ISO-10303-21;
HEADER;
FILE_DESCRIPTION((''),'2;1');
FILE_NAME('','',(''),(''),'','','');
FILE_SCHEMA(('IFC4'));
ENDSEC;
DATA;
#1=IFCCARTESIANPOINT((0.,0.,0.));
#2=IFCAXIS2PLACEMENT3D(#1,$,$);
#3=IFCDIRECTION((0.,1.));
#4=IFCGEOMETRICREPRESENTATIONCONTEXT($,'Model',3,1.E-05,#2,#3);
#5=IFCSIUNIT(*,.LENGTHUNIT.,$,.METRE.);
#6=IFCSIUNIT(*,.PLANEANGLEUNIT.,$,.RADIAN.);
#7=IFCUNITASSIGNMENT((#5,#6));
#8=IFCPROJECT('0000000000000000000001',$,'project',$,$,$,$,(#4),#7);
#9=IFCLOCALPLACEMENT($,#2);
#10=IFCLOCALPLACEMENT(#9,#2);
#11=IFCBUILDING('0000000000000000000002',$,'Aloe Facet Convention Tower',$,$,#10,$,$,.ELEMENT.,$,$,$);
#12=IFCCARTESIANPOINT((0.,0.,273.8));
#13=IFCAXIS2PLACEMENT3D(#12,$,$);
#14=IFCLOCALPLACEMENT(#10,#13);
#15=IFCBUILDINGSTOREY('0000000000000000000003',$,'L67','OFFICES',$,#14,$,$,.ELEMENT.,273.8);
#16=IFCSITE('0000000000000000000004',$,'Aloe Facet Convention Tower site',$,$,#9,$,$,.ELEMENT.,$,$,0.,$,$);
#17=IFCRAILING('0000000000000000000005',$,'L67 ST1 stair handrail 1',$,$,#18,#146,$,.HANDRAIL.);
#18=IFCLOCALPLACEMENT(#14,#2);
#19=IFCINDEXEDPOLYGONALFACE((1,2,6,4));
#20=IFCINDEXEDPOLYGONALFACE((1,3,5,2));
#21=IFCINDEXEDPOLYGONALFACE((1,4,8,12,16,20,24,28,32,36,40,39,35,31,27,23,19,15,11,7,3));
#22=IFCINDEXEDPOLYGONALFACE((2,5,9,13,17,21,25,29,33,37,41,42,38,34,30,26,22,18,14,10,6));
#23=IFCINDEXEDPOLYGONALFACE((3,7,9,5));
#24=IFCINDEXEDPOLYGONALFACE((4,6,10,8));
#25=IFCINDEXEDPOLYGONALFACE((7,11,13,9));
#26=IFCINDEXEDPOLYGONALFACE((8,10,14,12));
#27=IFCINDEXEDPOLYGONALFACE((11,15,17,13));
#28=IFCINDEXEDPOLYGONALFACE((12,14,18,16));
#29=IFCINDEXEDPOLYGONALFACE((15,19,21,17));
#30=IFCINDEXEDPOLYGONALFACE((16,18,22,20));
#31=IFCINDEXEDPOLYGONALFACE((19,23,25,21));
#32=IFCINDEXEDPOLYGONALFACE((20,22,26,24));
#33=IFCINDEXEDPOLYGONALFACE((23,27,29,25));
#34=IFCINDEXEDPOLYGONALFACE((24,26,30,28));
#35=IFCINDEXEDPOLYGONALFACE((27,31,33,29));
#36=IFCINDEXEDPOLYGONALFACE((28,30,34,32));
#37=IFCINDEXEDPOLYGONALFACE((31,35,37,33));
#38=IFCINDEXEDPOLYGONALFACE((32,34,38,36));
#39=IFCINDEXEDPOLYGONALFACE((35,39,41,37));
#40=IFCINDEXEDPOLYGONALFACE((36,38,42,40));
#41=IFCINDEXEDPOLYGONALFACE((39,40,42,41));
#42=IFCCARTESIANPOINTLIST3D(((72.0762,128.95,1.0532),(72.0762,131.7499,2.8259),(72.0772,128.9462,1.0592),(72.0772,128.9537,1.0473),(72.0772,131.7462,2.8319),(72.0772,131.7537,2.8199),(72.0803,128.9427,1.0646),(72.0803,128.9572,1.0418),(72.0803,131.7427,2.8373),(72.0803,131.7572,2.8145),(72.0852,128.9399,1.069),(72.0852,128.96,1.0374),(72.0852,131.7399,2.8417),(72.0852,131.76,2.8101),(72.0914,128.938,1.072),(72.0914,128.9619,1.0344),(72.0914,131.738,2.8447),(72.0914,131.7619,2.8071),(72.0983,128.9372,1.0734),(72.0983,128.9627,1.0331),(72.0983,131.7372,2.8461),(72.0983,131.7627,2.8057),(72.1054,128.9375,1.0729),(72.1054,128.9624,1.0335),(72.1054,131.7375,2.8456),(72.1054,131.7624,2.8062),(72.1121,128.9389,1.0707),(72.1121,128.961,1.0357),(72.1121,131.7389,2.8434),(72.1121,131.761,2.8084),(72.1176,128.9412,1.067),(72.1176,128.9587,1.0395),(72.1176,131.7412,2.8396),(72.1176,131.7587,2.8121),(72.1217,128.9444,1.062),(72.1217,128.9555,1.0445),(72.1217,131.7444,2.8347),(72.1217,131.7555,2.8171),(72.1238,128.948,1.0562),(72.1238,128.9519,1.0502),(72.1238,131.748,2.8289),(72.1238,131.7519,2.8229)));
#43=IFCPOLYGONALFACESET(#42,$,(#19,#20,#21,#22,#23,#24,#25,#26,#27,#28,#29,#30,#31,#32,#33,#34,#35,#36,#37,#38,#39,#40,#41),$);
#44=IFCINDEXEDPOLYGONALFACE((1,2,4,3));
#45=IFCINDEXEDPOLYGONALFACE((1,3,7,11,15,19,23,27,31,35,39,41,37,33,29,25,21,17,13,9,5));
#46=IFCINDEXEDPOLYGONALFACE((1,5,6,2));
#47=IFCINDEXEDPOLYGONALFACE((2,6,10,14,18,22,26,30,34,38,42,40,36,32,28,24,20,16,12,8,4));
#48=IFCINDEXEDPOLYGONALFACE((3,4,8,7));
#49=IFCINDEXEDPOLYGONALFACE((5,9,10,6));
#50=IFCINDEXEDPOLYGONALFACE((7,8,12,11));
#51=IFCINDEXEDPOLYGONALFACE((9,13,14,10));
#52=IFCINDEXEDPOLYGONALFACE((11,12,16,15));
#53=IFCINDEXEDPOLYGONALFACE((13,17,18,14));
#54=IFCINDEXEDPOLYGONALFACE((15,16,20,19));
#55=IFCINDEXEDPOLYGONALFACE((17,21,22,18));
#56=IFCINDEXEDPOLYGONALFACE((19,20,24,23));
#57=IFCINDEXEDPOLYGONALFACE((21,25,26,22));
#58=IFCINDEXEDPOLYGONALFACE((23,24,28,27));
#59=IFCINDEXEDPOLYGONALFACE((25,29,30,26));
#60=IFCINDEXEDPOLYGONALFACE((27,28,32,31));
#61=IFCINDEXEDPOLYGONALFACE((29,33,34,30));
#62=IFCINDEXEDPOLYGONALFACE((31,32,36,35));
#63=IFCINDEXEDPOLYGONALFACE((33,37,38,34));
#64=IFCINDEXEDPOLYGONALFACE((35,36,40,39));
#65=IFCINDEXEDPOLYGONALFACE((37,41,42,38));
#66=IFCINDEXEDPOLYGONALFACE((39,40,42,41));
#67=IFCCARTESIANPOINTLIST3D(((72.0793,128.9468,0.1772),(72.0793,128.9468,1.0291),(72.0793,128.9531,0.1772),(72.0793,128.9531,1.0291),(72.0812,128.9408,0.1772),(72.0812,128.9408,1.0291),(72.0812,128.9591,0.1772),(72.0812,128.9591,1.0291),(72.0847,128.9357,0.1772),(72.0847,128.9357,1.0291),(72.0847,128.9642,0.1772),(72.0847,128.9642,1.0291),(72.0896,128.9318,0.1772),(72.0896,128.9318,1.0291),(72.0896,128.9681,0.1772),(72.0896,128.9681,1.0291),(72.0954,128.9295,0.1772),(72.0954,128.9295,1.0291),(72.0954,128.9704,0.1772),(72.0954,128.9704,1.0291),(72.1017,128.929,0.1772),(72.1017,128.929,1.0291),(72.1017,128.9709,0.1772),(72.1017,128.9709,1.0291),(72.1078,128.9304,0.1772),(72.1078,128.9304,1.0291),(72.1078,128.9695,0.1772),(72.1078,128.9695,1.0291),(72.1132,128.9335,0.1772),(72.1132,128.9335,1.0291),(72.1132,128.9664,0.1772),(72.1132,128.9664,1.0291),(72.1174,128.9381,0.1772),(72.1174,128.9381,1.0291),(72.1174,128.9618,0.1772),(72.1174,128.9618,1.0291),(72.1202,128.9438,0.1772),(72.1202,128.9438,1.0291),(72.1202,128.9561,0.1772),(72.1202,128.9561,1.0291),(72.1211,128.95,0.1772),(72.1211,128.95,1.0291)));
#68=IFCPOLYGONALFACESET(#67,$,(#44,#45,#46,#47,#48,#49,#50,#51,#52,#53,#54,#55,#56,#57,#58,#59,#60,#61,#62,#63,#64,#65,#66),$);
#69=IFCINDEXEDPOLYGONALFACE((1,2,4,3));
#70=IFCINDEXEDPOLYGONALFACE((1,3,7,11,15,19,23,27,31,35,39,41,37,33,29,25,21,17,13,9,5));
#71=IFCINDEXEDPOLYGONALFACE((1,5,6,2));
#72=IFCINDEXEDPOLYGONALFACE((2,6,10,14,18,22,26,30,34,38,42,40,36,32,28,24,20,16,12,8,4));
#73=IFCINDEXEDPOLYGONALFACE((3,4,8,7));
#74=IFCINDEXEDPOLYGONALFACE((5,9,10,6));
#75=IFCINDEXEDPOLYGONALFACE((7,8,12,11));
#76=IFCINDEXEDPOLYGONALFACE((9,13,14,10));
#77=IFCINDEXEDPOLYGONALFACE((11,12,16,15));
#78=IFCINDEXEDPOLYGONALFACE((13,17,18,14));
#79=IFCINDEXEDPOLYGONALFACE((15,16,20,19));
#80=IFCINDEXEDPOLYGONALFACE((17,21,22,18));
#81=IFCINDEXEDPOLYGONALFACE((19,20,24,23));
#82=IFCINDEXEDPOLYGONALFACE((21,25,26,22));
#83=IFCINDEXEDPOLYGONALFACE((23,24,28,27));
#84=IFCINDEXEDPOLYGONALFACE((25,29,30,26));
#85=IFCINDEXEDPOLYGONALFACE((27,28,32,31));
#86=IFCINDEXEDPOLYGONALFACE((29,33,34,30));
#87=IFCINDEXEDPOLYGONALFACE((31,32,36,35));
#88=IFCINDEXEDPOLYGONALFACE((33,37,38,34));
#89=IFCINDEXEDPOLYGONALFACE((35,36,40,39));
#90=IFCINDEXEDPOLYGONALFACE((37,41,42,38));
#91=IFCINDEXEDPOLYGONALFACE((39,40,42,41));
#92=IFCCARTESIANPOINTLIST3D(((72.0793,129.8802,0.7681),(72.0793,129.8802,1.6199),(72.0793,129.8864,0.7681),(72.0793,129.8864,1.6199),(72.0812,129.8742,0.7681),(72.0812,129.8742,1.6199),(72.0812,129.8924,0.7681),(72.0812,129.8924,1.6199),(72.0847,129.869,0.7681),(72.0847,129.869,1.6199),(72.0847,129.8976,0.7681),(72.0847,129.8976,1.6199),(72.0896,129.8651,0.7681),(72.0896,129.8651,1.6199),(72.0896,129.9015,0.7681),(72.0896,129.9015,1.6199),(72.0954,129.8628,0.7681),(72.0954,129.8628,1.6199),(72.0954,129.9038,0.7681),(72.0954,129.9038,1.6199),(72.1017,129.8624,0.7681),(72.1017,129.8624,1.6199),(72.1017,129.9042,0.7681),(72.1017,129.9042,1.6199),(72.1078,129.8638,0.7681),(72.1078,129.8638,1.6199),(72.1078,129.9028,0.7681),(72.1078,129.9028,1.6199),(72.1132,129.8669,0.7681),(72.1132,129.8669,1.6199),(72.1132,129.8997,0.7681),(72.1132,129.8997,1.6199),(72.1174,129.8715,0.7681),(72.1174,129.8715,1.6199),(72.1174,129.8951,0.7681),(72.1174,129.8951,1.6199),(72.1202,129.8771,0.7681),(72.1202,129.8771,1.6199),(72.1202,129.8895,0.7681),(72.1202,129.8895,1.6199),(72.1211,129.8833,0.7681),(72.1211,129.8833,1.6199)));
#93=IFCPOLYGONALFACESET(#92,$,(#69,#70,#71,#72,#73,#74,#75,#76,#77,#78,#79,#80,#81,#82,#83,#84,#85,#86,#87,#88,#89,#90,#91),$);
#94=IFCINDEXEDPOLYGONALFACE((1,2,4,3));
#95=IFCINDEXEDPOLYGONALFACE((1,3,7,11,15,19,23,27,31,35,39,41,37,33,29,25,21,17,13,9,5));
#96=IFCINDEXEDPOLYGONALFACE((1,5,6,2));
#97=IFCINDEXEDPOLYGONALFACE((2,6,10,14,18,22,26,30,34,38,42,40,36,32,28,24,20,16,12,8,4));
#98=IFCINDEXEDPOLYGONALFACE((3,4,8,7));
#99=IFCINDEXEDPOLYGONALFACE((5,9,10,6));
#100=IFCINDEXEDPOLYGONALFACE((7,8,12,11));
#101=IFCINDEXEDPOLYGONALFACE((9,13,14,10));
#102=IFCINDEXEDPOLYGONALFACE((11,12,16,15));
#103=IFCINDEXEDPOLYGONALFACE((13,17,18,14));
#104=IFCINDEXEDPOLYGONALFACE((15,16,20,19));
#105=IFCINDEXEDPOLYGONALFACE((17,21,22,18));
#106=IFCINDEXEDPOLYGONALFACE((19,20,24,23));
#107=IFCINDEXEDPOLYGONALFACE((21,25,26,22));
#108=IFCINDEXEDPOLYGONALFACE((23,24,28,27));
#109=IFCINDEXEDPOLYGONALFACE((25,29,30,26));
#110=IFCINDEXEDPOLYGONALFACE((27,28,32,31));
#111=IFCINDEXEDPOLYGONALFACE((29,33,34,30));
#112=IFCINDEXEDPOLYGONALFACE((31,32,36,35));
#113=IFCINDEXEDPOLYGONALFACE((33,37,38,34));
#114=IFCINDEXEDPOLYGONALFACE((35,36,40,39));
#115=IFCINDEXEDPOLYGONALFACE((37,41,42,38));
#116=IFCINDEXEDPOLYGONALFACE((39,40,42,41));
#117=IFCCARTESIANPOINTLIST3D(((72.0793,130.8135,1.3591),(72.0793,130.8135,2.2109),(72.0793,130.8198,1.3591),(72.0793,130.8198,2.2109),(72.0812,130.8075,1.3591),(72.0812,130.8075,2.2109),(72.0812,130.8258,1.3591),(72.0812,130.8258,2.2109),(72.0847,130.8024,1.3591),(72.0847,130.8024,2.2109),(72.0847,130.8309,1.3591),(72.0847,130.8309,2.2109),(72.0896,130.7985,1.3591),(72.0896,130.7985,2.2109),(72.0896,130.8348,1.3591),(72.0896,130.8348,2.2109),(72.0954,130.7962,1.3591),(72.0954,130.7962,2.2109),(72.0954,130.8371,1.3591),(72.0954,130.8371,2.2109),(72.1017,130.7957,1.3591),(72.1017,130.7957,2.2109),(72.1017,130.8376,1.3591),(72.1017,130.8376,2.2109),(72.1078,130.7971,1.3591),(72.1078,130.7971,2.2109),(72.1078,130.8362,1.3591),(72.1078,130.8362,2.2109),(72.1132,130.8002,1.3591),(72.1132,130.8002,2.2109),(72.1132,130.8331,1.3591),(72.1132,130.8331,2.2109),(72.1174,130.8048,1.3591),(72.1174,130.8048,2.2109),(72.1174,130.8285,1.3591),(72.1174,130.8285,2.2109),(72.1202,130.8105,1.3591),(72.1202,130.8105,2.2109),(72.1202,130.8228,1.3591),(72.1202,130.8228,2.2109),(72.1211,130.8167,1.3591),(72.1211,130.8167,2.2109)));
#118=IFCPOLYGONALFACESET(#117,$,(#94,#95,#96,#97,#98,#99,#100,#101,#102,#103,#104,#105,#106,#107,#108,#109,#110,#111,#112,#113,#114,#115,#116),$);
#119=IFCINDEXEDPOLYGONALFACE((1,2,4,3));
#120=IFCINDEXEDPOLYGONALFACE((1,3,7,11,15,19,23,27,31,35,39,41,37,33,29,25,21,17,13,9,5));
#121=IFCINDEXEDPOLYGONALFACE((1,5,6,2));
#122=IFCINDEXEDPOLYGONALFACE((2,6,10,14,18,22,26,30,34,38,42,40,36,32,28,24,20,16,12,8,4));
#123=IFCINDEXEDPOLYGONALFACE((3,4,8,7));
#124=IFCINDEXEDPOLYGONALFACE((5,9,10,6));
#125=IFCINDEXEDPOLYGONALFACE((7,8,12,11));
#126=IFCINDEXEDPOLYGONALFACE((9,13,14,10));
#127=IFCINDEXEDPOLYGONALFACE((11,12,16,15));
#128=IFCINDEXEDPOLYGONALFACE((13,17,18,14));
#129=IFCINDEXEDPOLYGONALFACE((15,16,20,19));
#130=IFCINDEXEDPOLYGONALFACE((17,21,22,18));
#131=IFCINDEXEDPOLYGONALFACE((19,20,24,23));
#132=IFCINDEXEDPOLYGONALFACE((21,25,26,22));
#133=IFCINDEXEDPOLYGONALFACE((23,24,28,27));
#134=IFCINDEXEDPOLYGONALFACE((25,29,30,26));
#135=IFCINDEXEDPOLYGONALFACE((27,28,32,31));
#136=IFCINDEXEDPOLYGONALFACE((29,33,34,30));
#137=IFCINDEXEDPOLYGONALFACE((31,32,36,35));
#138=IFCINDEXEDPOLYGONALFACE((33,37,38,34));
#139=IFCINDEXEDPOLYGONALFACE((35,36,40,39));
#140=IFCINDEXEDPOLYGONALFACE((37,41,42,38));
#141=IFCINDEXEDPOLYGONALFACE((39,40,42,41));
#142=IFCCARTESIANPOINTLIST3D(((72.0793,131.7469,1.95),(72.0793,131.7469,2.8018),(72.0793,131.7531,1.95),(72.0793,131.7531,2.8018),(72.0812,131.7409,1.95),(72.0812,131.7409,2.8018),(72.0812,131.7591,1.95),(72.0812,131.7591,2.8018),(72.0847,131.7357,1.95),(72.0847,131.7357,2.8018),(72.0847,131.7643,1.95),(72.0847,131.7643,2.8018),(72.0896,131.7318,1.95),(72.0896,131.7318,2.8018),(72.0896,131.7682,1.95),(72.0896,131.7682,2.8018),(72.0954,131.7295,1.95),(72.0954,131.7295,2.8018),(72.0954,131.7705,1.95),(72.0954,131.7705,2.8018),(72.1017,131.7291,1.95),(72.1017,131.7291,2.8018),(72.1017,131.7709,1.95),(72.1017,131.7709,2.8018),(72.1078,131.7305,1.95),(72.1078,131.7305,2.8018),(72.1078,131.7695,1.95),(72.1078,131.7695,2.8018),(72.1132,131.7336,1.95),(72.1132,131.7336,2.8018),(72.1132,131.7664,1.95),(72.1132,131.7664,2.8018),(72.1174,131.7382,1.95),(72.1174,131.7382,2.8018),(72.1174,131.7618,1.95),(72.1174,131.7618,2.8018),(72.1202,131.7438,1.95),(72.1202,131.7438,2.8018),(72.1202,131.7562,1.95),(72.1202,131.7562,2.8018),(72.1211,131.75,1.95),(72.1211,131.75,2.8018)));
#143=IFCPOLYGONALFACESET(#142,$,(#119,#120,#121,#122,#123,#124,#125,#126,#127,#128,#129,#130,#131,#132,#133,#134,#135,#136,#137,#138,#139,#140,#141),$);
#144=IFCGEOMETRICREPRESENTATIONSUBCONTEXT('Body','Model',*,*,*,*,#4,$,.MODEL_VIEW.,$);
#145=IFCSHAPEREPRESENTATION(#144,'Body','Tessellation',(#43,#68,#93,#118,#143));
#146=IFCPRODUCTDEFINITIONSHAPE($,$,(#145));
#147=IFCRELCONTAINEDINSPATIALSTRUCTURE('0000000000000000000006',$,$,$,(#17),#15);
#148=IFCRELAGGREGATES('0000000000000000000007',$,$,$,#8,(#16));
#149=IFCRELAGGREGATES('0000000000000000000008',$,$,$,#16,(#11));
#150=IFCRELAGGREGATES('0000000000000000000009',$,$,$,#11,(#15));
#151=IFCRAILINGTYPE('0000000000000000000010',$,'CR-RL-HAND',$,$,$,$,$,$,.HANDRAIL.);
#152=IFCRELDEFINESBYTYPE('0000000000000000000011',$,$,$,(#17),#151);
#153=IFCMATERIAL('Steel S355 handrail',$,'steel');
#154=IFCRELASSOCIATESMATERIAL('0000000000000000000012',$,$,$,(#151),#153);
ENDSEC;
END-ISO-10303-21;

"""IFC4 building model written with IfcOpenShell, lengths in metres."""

from ifc_helpers import new_model, si_unit, direction, frame, origin, origin_2d, place, context, subcontext, project, spatial, circle, extrude, material, type_object, element, save


model = new_model("IFC4")

# Units and contexts
model_context = context("Model", 3, precision=1e-05, world=origin(), true_north=direction((0.0, 1.0)))
body_context = subcontext(model_context, "Body", "Model", "MODEL_VIEW")
ifc_project = project(units=[si_unit("LENGTHUNIT", "METRE"), si_unit("PLANEANGLEUNIT", "RADIAN")], contexts=[model_context])

# Site, building, storey
site_placement = place(None, origin())
site = spatial("IfcSite", under=ifc_project, at=site_placement, Name="Aloe Facet Convention Tower site", CompositionType="ELEMENT", RefElevation=0.0)
building_placement = place(site_placement, origin())
building = spatial("IfcBuilding", under=site, at=building_placement, Name="Aloe Facet Convention Tower", CompositionType="ELEMENT")
storey_placement = place(building_placement, frame((0.0, 0.0, 273.8)))
storey = spatial("IfcBuildingStorey", under=building, at=storey_placement, Name="L67", Description="OFFICES", CompositionType="ELEMENT", Elevation=273.8)

# Railing
ifc_material_1 = material(Name="Steel S355 handrail", Category="steel")
railing_type_1 = type_object("IfcRailingType", Name="CR-RL-HAND", PredefinedType="HANDRAIL", material=ifc_material_1)
railing_1_placement = place(storey_placement, frame((72.1001, 128.95, 0.1772)))
element("IfcRailing", 1, at=railing_1_placement, inside=storey, type_object=railing_type_1, Name="L67 ST1 stair handrail 1", PredefinedType="HANDRAIL", context=body_context, shape_type="SweptSolid", body=[
    extrude(circle(Radius=0.0239, at=origin_2d()), frame((0.0, 0.0, 0.876), z_axis=(0.0, 0.844909, 0.53491), x_axis=(-1.0, 0.0, 0.0)), (0.0, 0.0, 1.0), 3.314),
    extrude(circle(Radius=0.021, at=origin_2d()), origin(), (0.0, 0.0, 1.0), 0.8518),
    extrude(circle(Radius=0.021, at=origin_2d()), frame((0.0, 0.9333, 0.5908)), (0.0, 0.0, 1.0), 0.8518),
    extrude(circle(Radius=0.021, at=origin_2d()), frame((0.0, 1.8667, 1.1819)), (0.0, 0.0, 1.0), 0.8518),
    extrude(circle(Radius=0.021, at=origin_2d()), frame((0.0, 2.8, 1.7727)), (0.0, 0.0, 1.0), 0.8518),
])

save(model, "model.ifc")
